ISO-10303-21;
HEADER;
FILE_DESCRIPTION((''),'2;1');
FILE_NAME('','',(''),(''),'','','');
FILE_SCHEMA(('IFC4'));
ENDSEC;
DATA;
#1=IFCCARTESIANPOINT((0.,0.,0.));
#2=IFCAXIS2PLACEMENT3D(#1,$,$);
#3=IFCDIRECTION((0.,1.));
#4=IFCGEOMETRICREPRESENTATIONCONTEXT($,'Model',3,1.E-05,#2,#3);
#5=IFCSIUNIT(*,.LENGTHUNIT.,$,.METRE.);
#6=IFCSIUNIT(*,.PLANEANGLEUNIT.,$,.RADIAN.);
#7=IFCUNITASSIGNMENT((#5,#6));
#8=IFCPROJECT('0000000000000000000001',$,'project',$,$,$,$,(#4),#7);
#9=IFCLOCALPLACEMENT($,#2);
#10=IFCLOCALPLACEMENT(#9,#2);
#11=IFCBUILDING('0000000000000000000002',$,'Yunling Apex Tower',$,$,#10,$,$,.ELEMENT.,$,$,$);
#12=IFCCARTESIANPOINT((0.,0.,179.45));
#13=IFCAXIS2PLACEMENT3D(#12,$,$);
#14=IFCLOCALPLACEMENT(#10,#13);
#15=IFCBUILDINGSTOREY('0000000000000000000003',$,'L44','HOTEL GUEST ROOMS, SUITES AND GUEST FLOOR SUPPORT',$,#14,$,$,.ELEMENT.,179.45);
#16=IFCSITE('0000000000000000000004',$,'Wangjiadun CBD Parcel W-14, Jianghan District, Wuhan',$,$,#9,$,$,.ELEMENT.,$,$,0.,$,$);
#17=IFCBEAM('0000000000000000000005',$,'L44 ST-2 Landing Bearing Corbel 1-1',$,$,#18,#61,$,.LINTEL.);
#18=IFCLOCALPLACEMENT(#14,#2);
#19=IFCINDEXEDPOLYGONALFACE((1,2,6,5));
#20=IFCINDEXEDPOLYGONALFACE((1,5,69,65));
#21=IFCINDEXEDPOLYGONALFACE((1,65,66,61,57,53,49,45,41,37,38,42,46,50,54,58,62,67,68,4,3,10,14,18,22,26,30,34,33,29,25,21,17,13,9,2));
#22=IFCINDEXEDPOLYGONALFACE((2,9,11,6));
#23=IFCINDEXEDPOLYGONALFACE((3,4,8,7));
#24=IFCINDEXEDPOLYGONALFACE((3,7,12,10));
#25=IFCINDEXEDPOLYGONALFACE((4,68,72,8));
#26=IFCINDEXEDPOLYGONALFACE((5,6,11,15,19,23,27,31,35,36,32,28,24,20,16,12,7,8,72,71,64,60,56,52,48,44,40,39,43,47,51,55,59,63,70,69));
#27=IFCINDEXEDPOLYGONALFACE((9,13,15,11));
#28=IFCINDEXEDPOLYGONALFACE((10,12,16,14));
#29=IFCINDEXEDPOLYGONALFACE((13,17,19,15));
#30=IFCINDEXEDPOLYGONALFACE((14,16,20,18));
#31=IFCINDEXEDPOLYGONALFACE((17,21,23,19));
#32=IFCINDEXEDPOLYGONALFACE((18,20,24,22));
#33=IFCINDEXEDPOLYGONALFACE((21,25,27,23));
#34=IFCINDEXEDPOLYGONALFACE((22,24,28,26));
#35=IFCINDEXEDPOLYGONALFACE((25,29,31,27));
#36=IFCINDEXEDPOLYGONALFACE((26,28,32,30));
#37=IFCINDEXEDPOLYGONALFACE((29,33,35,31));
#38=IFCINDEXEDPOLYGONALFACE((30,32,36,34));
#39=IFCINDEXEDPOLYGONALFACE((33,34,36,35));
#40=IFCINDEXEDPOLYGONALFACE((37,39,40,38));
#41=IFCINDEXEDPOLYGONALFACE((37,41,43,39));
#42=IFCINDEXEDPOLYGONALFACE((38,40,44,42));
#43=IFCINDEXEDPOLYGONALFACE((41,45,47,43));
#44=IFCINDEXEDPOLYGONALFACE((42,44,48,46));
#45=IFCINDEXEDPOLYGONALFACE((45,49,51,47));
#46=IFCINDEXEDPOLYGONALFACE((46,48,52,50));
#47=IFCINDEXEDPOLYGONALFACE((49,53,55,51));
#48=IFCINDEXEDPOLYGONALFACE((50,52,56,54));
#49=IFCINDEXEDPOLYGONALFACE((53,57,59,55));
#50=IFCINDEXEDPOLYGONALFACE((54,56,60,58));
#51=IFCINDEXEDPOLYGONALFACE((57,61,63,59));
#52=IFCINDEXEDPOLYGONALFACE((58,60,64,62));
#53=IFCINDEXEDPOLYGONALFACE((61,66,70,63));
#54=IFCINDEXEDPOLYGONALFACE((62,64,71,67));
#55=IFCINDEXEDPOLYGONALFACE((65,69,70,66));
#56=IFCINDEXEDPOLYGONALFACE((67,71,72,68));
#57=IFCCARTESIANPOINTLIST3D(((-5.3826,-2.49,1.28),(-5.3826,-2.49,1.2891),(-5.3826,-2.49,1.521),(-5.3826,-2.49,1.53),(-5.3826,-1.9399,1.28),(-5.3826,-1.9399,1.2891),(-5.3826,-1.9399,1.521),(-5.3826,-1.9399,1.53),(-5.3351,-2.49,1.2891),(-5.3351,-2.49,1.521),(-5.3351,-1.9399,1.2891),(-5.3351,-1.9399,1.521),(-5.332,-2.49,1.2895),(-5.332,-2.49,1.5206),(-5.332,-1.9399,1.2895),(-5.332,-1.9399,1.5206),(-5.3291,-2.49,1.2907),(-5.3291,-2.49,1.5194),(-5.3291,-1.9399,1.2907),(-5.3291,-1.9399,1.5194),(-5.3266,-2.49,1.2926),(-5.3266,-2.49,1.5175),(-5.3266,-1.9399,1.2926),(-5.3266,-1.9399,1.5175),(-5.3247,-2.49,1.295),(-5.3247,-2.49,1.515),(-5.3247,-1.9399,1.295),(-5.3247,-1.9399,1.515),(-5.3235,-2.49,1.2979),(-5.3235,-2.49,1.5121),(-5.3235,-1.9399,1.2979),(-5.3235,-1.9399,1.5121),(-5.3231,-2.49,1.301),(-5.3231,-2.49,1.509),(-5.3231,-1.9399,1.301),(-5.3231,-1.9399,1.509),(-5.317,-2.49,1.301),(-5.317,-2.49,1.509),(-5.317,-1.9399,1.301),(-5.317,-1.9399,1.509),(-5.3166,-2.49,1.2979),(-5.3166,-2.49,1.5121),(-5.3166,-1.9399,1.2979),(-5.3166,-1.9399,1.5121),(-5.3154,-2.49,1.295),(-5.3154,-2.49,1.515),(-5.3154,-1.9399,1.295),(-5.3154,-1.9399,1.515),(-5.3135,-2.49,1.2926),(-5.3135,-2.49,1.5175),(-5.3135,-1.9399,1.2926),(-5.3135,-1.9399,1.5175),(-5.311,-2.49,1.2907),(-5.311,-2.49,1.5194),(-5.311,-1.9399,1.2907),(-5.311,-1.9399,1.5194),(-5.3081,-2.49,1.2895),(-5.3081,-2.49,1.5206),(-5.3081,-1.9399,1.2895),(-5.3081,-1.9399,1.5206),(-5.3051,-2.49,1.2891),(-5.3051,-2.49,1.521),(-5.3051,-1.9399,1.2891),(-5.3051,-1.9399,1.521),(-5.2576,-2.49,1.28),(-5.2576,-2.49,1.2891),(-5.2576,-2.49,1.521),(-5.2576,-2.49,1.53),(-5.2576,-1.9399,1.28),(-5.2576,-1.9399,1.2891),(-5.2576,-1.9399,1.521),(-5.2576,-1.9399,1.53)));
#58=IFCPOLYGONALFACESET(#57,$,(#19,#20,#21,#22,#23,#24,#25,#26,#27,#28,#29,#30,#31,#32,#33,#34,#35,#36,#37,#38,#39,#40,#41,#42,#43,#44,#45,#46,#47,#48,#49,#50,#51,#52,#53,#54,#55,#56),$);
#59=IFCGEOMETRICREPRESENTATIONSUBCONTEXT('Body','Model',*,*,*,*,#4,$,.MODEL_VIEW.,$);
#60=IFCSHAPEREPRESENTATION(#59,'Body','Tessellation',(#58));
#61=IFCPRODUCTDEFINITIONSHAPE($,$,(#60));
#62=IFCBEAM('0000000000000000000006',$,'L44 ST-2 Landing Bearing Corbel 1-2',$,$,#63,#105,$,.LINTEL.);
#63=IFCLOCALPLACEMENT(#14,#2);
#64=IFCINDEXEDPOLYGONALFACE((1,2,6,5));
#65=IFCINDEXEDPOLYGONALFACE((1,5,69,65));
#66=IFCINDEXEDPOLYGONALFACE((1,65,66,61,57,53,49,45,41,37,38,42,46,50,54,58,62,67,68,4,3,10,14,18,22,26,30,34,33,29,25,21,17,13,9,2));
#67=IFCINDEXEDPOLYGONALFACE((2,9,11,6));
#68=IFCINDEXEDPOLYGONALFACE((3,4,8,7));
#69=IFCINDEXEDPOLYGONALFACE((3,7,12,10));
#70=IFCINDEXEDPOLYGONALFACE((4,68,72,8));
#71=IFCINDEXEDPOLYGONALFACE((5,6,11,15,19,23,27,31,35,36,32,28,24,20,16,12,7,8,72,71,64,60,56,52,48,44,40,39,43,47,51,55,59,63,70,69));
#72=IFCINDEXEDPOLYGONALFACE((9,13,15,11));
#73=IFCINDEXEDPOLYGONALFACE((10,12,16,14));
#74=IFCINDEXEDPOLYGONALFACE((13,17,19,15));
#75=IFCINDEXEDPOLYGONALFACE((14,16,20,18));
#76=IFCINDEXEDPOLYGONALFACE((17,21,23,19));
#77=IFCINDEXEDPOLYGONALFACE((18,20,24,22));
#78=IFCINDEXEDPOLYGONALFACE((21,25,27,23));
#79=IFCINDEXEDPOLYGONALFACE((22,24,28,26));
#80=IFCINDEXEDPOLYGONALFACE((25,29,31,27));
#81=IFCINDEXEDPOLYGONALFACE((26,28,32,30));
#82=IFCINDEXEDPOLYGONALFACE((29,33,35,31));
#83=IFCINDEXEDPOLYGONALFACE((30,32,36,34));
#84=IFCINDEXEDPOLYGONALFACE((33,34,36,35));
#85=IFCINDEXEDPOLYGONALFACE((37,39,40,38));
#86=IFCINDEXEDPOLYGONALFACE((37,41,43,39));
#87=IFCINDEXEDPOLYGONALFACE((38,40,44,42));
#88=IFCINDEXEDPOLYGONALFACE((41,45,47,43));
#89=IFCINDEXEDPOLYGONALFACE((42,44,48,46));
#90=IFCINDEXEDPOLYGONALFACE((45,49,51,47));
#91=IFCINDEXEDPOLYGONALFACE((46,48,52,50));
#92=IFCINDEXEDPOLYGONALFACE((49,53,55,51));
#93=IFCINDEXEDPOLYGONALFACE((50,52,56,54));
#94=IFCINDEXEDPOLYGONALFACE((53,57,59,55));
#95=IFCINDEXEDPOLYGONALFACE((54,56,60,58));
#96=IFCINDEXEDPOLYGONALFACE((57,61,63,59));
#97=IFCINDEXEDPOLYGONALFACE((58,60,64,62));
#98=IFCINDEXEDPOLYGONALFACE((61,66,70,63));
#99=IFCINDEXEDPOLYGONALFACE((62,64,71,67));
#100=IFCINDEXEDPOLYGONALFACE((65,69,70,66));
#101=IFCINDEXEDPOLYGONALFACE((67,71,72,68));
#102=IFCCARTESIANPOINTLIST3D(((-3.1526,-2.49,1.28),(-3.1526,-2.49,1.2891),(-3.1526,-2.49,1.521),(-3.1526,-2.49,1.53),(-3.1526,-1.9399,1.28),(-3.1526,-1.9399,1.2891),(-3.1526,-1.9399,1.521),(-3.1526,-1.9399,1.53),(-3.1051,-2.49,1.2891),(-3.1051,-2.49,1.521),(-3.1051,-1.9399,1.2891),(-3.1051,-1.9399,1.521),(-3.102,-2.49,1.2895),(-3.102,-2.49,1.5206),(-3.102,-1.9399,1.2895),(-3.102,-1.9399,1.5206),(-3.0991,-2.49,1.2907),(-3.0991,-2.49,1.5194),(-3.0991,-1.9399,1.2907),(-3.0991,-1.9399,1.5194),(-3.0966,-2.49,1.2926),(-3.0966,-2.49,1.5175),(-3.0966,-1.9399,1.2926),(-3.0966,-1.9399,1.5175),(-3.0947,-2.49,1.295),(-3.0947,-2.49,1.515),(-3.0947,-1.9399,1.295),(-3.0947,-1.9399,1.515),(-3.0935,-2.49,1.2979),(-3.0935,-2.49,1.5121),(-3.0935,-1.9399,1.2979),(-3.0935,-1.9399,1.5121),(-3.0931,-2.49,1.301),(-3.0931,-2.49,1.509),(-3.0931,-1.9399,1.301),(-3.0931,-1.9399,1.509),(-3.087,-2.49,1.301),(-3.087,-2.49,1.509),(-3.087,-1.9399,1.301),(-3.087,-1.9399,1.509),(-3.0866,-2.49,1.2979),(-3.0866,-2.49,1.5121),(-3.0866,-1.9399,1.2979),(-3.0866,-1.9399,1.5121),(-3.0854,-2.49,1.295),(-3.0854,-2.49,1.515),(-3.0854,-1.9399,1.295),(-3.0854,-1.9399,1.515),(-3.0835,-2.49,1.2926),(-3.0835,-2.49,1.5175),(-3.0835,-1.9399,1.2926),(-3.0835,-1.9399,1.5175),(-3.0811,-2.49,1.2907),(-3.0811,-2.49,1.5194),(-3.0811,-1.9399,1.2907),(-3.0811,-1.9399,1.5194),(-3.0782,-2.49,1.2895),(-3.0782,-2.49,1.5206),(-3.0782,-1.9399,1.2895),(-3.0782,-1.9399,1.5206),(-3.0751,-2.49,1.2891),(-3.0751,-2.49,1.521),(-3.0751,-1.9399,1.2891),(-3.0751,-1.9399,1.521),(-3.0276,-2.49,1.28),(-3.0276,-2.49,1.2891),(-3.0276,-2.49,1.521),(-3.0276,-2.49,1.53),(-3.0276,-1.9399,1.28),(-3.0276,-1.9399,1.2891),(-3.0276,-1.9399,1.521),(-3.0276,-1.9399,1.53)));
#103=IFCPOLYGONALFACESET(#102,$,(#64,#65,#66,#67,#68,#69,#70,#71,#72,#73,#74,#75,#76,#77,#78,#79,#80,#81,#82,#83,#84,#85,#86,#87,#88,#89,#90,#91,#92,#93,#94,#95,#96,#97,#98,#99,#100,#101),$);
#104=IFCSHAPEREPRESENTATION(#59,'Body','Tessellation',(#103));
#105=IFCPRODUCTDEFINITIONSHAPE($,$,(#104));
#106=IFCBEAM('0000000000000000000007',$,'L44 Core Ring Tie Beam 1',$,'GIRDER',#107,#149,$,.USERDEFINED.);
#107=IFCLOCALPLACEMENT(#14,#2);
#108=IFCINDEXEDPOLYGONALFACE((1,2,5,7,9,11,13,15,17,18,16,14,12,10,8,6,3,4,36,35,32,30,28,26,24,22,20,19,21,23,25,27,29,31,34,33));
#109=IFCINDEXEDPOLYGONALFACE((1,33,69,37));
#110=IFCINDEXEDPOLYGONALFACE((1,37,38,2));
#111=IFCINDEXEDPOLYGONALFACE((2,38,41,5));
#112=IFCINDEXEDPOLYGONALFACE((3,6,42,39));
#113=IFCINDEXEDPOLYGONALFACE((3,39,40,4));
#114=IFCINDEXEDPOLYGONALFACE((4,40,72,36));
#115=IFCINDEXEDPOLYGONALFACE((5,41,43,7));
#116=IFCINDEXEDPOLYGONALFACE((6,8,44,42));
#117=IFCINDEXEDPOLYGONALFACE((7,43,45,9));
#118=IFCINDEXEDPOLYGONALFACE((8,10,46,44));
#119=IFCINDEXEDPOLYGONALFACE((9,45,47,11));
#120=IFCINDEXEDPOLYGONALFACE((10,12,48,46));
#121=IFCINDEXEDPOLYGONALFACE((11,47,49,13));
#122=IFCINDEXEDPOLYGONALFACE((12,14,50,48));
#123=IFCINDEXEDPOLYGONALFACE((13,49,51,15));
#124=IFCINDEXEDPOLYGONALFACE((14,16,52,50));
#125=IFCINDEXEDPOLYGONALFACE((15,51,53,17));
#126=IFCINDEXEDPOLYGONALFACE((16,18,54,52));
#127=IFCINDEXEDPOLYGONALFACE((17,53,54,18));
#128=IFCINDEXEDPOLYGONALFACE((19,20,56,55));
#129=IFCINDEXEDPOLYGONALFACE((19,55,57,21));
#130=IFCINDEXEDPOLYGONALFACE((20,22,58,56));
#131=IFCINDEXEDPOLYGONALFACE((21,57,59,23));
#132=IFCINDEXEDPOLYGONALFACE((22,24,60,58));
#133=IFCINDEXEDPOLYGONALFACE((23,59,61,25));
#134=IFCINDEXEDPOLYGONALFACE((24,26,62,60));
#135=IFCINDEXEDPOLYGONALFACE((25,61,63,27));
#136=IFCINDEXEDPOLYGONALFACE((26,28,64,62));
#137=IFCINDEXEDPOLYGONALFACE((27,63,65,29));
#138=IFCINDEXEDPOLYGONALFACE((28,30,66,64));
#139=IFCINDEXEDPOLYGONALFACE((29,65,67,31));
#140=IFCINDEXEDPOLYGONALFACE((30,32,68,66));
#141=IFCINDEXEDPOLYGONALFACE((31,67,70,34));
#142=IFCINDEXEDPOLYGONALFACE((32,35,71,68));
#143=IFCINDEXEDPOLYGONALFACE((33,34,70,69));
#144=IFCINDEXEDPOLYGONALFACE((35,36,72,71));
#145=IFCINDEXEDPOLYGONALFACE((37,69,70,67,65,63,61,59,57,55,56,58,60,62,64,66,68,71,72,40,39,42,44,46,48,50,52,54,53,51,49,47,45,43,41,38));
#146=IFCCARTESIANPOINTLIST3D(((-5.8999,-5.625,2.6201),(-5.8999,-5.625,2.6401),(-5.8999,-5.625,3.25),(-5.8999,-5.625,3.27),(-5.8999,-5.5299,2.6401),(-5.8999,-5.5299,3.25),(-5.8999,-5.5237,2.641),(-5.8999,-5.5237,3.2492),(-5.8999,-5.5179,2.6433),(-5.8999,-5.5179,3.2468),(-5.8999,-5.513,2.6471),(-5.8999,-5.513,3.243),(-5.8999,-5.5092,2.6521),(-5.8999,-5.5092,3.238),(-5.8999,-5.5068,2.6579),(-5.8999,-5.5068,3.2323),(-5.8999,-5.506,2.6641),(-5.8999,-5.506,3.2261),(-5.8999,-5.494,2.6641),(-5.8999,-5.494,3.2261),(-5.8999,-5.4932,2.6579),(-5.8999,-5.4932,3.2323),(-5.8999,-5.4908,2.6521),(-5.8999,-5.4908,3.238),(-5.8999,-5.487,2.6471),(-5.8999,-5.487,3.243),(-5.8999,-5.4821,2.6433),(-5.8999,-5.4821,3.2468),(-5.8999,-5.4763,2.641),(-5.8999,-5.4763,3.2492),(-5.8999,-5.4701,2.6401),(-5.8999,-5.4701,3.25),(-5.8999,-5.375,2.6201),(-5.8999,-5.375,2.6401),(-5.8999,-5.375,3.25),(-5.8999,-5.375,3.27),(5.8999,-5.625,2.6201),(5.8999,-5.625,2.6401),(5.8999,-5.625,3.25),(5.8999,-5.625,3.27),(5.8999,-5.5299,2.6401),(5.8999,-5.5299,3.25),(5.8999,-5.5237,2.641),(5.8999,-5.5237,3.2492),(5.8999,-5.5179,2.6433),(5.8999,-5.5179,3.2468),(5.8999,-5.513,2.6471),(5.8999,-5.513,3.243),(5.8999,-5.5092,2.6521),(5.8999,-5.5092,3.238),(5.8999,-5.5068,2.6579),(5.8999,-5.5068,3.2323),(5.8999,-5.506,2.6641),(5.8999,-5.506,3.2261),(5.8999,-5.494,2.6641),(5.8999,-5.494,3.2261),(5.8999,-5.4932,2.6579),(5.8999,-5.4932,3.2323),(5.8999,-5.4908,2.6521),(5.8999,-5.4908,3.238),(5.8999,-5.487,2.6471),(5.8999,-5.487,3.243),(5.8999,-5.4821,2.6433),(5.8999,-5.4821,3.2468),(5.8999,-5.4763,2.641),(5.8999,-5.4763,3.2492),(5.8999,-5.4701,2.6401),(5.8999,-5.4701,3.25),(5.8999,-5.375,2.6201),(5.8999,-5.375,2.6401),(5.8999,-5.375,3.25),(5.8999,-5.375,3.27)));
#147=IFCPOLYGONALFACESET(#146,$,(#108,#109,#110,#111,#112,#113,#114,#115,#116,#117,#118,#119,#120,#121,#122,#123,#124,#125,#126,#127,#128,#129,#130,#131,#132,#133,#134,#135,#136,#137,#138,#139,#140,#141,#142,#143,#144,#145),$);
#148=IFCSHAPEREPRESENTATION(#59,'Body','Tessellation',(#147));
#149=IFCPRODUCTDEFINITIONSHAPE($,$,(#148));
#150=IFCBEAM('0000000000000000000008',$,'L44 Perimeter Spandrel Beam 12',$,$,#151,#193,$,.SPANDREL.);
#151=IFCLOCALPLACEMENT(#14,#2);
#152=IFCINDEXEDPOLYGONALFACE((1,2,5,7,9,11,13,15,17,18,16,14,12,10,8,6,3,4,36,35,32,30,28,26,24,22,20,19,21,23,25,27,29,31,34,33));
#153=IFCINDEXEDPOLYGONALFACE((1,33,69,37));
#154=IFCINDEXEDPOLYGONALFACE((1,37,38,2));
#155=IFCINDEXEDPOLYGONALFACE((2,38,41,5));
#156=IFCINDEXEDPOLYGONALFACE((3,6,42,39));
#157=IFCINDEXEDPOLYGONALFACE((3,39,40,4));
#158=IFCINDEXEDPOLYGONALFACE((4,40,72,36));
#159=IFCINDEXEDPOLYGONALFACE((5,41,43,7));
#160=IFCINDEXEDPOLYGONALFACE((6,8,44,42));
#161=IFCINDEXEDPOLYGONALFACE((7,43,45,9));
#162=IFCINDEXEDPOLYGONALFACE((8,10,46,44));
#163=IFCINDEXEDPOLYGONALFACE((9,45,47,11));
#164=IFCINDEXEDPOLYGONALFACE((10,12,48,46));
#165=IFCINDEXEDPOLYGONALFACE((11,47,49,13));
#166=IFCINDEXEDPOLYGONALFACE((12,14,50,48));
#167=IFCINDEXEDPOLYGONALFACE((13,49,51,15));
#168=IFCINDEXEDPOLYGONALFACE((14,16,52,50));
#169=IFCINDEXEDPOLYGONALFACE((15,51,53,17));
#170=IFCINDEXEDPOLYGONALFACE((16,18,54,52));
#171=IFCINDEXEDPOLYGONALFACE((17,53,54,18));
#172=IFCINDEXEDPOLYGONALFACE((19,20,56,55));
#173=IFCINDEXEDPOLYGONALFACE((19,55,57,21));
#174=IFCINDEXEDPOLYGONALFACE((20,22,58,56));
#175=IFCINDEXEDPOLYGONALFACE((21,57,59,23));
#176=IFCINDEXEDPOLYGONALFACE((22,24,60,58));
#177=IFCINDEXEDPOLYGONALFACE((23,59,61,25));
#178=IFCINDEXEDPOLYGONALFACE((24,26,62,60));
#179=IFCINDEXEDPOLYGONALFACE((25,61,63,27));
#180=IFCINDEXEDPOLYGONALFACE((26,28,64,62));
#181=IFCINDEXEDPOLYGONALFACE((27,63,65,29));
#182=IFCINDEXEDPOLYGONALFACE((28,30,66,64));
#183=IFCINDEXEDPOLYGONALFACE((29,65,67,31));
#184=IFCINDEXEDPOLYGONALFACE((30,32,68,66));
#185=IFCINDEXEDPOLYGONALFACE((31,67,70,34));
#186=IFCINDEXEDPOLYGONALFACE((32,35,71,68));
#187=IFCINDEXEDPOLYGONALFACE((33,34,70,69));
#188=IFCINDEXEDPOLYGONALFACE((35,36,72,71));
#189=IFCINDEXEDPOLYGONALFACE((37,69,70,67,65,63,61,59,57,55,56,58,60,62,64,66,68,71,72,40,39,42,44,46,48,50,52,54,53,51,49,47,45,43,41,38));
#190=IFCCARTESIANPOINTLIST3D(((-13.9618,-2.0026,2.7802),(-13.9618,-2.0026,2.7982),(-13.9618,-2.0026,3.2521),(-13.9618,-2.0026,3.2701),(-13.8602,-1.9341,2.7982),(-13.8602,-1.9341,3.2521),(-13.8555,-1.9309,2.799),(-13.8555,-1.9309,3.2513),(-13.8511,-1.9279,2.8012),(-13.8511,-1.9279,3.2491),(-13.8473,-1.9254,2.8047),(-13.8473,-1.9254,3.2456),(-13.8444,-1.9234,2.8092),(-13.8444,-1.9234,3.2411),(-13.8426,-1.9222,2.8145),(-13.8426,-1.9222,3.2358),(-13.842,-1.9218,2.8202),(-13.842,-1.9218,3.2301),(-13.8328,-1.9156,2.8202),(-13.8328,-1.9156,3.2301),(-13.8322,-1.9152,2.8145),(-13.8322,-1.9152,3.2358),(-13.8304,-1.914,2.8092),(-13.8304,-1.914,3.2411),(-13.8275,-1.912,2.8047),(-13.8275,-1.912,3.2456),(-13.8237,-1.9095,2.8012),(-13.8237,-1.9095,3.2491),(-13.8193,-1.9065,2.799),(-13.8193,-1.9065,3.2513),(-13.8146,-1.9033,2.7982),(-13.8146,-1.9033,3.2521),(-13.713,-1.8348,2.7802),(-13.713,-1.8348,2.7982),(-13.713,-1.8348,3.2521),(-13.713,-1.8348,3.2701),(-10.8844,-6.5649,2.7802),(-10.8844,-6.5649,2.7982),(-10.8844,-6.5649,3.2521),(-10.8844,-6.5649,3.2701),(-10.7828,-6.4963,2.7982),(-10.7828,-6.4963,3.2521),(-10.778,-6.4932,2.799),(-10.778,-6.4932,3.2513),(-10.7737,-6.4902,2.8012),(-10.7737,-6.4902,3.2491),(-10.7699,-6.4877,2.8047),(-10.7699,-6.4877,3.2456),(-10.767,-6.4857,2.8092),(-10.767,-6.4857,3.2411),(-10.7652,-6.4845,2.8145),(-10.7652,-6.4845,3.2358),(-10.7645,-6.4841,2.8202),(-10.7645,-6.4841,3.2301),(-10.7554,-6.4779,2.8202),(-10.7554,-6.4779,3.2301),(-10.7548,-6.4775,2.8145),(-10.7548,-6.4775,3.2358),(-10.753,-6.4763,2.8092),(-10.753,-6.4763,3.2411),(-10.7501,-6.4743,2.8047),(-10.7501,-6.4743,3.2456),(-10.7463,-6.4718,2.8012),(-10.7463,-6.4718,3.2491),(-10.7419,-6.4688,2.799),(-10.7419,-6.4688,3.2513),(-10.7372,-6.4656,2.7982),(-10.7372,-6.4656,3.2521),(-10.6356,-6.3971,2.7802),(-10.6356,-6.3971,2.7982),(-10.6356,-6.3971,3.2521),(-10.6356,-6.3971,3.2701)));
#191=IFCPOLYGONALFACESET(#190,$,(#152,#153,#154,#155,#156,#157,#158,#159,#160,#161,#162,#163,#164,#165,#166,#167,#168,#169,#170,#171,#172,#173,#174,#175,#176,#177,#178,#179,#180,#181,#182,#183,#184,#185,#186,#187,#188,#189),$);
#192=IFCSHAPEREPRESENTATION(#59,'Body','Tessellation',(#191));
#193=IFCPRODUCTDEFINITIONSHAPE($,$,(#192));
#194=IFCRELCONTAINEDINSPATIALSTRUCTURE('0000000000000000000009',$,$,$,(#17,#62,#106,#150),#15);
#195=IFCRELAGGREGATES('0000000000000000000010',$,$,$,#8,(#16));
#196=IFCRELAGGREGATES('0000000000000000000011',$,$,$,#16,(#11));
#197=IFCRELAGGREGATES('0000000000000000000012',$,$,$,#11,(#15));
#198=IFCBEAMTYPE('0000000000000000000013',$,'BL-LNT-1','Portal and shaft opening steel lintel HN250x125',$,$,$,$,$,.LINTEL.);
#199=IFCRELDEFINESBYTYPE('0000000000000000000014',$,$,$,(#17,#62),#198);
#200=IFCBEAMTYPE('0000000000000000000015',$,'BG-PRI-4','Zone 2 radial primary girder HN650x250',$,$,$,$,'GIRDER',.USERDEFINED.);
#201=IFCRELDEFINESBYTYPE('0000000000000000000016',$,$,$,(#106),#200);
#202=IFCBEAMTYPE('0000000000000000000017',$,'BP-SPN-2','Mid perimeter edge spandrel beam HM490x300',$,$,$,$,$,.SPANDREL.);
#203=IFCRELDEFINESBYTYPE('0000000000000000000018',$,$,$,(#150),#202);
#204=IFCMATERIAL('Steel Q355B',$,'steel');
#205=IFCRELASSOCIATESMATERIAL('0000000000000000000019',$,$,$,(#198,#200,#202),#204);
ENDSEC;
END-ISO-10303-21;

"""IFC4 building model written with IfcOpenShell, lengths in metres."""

from ifc_helpers import new_model, si_unit, direction, frame, origin, origin_2d, place, context, subcontext, project, spatial, i_section, extrude, source, transform, mapped, material, material_profile, profile_set, type_object, element, save


model = new_model("IFC4")

# Units and contexts
model_context = context("Model", 3, precision=1e-05, world=origin(), true_north=direction((0.0, 1.0)))
body_context = subcontext(model_context, "Body", "Model", "MODEL_VIEW")
ifc_project = project(units=[si_unit("LENGTHUNIT", "METRE"), si_unit("PLANEANGLEUNIT", "RADIAN")], contexts=[model_context])

# Site, building, storey
site_placement = place(None, origin())
site = spatial("IfcSite", under=ifc_project, at=site_placement, Name="Wangjiadun CBD Parcel W-14, Jianghan District, Wuhan", CompositionType="ELEMENT", RefElevation=0.0)
building_placement = place(site_placement, origin())
building = spatial("IfcBuilding", under=site, at=building_placement, Name="Yunling Apex Tower", CompositionType="ELEMENT")
storey_placement = place(building_placement, frame((0.0, 0.0, 179.45)))
storey = spatial("IfcBuildingStorey", under=building, at=storey_placement, Name="L44", Description="HOTEL GUEST ROOMS, SUITES AND GUEST FLOOR SUPPORT", CompositionType="ELEMENT", Elevation=179.45)

# Beams
ifc_material_1 = material(Name="Steel Q355B", Category="steel")
ifc_material_profile_1 = material_profile(ifc_material_1, i_section(OverallWidth=0.125, OverallDepth=0.25, WebThickness=0.0061, FlangeThickness=0.009, FilletRadius=0.012, at=origin_2d()))
ifc_profile_set_1 = profile_set([ifc_material_profile_1], Name="Steel Q355B")
beam_type_1 = type_object("IfcBeamType", Name="BL-LNT-1", Description="Portal and shaft opening steel lintel HN250x125", PredefinedType="LINTEL", material=ifc_profile_set_1)
shared_shape_1 = source(origin(), body_context, "Body", "SweptSolid", [
    extrude(i_section(OverallWidth=0.125, OverallDepth=0.25, WebThickness=0.0061, FlangeThickness=0.009, FilletRadius=0.012, at=origin_2d()), origin(), (0.0, 0.0, 1.0), 0.55),
])
for number, where, z_axis, x_axis, name in (
    (1, (-5.3201, -1.9399, 1.405), (0.0, -1.0, 0.0), (1.0, 0.0, 0.0), "L44 ST-2 Landing Bearing Corbel 1-1"),
    (2, (-3.0901, -1.9399, 1.405), (0.0, -1.0, 0.0), (1.0, 0.0, 0.0), "L44 ST-2 Landing Bearing Corbel 1-2"),
):
    element("IfcBeam", number, at=place(storey_placement, frame(where, z_axis=z_axis, x_axis=x_axis)), inside=storey, type_object=beam_type_1, Name=name, PredefinedType="LINTEL", context=body_context, shape_type="MappedRepresentation", body=[
        mapped(shared_shape_1, transform((0.0, 0.0, 0.0), scale=1.0)),
    ])
ifc_material_profile_2 = material_profile(ifc_material_1, i_section(OverallWidth=0.25, OverallDepth=0.6499, WebThickness=0.012, FlangeThickness=0.02, FilletRadius=0.0239, at=origin_2d()))
ifc_profile_set_2 = profile_set([ifc_material_profile_2], Name="Steel Q355B")
beam_type_2 = type_object("IfcBeamType", Name="BG-PRI-4", Description="Zone 2 radial primary girder HN650x250", ElementType="GIRDER", PredefinedType="USERDEFINED", material=ifc_profile_set_2)
shared_shape_2 = source(origin(), body_context, "Body", "SweptSolid", [
    extrude(i_section(OverallWidth=0.25, OverallDepth=0.6499, WebThickness=0.012, FlangeThickness=0.02, FilletRadius=0.0239, at=origin_2d()), origin(), (0.0, 0.0, 1.0), 11.7998),
])
beam_1_placement = place(storey_placement, frame((-5.8999, -5.5, 2.9451), z_axis=(1.0, 0.0, 0.0), x_axis=(0.0, 1.0, 0.0)))
element("IfcBeam", 3, at=beam_1_placement, inside=storey, type_object=beam_type_2, Name="L44 Core Ring Tie Beam 1", ObjectType="GIRDER", PredefinedType="USERDEFINED", context=body_context, shape_type="MappedRepresentation", body=[
    mapped(shared_shape_2, transform((0.0, 0.0, 0.0), scale=1.0)),
])
ifc_material_profile_3 = material_profile(ifc_material_1, i_section(OverallWidth=0.3, OverallDepth=0.49, WebThickness=0.011, FlangeThickness=0.0181, FilletRadius=0.022, at=origin_2d()))
ifc_profile_set_3 = profile_set([ifc_material_profile_3], Name="Steel Q355B")
beam_type_3 = type_object("IfcBeamType", Name="BP-SPN-2", Description="Mid perimeter edge spandrel beam HM490x300", PredefinedType="SPANDREL", material=ifc_profile_set_3)
shared_shape_3 = source(origin(), body_context, "Body", "SweptSolid", [
    extrude(i_section(OverallWidth=0.3, OverallDepth=0.49, WebThickness=0.011, FlangeThickness=0.0181, FilletRadius=0.022, at=origin_2d()), origin(), (0.0, 0.0, 1.0), 5.5032),
])
beam_2_placement = place(storey_placement, frame((-13.8374, -1.9187, 3.0251), z_axis=(0.559207, -0.829028, 0.0), x_axis=(0.829028, 0.559207, 0.0)))
element("IfcBeam", 4, at=beam_2_placement, inside=storey, type_object=beam_type_3, Name="L44 Perimeter Spandrel Beam 12", PredefinedType="SPANDREL", context=body_context, shape_type="MappedRepresentation", body=[
    mapped(shared_shape_3, transform((0.0, 0.0, 0.0), scale=1.0)),
])

save(model, "model.ifc")
